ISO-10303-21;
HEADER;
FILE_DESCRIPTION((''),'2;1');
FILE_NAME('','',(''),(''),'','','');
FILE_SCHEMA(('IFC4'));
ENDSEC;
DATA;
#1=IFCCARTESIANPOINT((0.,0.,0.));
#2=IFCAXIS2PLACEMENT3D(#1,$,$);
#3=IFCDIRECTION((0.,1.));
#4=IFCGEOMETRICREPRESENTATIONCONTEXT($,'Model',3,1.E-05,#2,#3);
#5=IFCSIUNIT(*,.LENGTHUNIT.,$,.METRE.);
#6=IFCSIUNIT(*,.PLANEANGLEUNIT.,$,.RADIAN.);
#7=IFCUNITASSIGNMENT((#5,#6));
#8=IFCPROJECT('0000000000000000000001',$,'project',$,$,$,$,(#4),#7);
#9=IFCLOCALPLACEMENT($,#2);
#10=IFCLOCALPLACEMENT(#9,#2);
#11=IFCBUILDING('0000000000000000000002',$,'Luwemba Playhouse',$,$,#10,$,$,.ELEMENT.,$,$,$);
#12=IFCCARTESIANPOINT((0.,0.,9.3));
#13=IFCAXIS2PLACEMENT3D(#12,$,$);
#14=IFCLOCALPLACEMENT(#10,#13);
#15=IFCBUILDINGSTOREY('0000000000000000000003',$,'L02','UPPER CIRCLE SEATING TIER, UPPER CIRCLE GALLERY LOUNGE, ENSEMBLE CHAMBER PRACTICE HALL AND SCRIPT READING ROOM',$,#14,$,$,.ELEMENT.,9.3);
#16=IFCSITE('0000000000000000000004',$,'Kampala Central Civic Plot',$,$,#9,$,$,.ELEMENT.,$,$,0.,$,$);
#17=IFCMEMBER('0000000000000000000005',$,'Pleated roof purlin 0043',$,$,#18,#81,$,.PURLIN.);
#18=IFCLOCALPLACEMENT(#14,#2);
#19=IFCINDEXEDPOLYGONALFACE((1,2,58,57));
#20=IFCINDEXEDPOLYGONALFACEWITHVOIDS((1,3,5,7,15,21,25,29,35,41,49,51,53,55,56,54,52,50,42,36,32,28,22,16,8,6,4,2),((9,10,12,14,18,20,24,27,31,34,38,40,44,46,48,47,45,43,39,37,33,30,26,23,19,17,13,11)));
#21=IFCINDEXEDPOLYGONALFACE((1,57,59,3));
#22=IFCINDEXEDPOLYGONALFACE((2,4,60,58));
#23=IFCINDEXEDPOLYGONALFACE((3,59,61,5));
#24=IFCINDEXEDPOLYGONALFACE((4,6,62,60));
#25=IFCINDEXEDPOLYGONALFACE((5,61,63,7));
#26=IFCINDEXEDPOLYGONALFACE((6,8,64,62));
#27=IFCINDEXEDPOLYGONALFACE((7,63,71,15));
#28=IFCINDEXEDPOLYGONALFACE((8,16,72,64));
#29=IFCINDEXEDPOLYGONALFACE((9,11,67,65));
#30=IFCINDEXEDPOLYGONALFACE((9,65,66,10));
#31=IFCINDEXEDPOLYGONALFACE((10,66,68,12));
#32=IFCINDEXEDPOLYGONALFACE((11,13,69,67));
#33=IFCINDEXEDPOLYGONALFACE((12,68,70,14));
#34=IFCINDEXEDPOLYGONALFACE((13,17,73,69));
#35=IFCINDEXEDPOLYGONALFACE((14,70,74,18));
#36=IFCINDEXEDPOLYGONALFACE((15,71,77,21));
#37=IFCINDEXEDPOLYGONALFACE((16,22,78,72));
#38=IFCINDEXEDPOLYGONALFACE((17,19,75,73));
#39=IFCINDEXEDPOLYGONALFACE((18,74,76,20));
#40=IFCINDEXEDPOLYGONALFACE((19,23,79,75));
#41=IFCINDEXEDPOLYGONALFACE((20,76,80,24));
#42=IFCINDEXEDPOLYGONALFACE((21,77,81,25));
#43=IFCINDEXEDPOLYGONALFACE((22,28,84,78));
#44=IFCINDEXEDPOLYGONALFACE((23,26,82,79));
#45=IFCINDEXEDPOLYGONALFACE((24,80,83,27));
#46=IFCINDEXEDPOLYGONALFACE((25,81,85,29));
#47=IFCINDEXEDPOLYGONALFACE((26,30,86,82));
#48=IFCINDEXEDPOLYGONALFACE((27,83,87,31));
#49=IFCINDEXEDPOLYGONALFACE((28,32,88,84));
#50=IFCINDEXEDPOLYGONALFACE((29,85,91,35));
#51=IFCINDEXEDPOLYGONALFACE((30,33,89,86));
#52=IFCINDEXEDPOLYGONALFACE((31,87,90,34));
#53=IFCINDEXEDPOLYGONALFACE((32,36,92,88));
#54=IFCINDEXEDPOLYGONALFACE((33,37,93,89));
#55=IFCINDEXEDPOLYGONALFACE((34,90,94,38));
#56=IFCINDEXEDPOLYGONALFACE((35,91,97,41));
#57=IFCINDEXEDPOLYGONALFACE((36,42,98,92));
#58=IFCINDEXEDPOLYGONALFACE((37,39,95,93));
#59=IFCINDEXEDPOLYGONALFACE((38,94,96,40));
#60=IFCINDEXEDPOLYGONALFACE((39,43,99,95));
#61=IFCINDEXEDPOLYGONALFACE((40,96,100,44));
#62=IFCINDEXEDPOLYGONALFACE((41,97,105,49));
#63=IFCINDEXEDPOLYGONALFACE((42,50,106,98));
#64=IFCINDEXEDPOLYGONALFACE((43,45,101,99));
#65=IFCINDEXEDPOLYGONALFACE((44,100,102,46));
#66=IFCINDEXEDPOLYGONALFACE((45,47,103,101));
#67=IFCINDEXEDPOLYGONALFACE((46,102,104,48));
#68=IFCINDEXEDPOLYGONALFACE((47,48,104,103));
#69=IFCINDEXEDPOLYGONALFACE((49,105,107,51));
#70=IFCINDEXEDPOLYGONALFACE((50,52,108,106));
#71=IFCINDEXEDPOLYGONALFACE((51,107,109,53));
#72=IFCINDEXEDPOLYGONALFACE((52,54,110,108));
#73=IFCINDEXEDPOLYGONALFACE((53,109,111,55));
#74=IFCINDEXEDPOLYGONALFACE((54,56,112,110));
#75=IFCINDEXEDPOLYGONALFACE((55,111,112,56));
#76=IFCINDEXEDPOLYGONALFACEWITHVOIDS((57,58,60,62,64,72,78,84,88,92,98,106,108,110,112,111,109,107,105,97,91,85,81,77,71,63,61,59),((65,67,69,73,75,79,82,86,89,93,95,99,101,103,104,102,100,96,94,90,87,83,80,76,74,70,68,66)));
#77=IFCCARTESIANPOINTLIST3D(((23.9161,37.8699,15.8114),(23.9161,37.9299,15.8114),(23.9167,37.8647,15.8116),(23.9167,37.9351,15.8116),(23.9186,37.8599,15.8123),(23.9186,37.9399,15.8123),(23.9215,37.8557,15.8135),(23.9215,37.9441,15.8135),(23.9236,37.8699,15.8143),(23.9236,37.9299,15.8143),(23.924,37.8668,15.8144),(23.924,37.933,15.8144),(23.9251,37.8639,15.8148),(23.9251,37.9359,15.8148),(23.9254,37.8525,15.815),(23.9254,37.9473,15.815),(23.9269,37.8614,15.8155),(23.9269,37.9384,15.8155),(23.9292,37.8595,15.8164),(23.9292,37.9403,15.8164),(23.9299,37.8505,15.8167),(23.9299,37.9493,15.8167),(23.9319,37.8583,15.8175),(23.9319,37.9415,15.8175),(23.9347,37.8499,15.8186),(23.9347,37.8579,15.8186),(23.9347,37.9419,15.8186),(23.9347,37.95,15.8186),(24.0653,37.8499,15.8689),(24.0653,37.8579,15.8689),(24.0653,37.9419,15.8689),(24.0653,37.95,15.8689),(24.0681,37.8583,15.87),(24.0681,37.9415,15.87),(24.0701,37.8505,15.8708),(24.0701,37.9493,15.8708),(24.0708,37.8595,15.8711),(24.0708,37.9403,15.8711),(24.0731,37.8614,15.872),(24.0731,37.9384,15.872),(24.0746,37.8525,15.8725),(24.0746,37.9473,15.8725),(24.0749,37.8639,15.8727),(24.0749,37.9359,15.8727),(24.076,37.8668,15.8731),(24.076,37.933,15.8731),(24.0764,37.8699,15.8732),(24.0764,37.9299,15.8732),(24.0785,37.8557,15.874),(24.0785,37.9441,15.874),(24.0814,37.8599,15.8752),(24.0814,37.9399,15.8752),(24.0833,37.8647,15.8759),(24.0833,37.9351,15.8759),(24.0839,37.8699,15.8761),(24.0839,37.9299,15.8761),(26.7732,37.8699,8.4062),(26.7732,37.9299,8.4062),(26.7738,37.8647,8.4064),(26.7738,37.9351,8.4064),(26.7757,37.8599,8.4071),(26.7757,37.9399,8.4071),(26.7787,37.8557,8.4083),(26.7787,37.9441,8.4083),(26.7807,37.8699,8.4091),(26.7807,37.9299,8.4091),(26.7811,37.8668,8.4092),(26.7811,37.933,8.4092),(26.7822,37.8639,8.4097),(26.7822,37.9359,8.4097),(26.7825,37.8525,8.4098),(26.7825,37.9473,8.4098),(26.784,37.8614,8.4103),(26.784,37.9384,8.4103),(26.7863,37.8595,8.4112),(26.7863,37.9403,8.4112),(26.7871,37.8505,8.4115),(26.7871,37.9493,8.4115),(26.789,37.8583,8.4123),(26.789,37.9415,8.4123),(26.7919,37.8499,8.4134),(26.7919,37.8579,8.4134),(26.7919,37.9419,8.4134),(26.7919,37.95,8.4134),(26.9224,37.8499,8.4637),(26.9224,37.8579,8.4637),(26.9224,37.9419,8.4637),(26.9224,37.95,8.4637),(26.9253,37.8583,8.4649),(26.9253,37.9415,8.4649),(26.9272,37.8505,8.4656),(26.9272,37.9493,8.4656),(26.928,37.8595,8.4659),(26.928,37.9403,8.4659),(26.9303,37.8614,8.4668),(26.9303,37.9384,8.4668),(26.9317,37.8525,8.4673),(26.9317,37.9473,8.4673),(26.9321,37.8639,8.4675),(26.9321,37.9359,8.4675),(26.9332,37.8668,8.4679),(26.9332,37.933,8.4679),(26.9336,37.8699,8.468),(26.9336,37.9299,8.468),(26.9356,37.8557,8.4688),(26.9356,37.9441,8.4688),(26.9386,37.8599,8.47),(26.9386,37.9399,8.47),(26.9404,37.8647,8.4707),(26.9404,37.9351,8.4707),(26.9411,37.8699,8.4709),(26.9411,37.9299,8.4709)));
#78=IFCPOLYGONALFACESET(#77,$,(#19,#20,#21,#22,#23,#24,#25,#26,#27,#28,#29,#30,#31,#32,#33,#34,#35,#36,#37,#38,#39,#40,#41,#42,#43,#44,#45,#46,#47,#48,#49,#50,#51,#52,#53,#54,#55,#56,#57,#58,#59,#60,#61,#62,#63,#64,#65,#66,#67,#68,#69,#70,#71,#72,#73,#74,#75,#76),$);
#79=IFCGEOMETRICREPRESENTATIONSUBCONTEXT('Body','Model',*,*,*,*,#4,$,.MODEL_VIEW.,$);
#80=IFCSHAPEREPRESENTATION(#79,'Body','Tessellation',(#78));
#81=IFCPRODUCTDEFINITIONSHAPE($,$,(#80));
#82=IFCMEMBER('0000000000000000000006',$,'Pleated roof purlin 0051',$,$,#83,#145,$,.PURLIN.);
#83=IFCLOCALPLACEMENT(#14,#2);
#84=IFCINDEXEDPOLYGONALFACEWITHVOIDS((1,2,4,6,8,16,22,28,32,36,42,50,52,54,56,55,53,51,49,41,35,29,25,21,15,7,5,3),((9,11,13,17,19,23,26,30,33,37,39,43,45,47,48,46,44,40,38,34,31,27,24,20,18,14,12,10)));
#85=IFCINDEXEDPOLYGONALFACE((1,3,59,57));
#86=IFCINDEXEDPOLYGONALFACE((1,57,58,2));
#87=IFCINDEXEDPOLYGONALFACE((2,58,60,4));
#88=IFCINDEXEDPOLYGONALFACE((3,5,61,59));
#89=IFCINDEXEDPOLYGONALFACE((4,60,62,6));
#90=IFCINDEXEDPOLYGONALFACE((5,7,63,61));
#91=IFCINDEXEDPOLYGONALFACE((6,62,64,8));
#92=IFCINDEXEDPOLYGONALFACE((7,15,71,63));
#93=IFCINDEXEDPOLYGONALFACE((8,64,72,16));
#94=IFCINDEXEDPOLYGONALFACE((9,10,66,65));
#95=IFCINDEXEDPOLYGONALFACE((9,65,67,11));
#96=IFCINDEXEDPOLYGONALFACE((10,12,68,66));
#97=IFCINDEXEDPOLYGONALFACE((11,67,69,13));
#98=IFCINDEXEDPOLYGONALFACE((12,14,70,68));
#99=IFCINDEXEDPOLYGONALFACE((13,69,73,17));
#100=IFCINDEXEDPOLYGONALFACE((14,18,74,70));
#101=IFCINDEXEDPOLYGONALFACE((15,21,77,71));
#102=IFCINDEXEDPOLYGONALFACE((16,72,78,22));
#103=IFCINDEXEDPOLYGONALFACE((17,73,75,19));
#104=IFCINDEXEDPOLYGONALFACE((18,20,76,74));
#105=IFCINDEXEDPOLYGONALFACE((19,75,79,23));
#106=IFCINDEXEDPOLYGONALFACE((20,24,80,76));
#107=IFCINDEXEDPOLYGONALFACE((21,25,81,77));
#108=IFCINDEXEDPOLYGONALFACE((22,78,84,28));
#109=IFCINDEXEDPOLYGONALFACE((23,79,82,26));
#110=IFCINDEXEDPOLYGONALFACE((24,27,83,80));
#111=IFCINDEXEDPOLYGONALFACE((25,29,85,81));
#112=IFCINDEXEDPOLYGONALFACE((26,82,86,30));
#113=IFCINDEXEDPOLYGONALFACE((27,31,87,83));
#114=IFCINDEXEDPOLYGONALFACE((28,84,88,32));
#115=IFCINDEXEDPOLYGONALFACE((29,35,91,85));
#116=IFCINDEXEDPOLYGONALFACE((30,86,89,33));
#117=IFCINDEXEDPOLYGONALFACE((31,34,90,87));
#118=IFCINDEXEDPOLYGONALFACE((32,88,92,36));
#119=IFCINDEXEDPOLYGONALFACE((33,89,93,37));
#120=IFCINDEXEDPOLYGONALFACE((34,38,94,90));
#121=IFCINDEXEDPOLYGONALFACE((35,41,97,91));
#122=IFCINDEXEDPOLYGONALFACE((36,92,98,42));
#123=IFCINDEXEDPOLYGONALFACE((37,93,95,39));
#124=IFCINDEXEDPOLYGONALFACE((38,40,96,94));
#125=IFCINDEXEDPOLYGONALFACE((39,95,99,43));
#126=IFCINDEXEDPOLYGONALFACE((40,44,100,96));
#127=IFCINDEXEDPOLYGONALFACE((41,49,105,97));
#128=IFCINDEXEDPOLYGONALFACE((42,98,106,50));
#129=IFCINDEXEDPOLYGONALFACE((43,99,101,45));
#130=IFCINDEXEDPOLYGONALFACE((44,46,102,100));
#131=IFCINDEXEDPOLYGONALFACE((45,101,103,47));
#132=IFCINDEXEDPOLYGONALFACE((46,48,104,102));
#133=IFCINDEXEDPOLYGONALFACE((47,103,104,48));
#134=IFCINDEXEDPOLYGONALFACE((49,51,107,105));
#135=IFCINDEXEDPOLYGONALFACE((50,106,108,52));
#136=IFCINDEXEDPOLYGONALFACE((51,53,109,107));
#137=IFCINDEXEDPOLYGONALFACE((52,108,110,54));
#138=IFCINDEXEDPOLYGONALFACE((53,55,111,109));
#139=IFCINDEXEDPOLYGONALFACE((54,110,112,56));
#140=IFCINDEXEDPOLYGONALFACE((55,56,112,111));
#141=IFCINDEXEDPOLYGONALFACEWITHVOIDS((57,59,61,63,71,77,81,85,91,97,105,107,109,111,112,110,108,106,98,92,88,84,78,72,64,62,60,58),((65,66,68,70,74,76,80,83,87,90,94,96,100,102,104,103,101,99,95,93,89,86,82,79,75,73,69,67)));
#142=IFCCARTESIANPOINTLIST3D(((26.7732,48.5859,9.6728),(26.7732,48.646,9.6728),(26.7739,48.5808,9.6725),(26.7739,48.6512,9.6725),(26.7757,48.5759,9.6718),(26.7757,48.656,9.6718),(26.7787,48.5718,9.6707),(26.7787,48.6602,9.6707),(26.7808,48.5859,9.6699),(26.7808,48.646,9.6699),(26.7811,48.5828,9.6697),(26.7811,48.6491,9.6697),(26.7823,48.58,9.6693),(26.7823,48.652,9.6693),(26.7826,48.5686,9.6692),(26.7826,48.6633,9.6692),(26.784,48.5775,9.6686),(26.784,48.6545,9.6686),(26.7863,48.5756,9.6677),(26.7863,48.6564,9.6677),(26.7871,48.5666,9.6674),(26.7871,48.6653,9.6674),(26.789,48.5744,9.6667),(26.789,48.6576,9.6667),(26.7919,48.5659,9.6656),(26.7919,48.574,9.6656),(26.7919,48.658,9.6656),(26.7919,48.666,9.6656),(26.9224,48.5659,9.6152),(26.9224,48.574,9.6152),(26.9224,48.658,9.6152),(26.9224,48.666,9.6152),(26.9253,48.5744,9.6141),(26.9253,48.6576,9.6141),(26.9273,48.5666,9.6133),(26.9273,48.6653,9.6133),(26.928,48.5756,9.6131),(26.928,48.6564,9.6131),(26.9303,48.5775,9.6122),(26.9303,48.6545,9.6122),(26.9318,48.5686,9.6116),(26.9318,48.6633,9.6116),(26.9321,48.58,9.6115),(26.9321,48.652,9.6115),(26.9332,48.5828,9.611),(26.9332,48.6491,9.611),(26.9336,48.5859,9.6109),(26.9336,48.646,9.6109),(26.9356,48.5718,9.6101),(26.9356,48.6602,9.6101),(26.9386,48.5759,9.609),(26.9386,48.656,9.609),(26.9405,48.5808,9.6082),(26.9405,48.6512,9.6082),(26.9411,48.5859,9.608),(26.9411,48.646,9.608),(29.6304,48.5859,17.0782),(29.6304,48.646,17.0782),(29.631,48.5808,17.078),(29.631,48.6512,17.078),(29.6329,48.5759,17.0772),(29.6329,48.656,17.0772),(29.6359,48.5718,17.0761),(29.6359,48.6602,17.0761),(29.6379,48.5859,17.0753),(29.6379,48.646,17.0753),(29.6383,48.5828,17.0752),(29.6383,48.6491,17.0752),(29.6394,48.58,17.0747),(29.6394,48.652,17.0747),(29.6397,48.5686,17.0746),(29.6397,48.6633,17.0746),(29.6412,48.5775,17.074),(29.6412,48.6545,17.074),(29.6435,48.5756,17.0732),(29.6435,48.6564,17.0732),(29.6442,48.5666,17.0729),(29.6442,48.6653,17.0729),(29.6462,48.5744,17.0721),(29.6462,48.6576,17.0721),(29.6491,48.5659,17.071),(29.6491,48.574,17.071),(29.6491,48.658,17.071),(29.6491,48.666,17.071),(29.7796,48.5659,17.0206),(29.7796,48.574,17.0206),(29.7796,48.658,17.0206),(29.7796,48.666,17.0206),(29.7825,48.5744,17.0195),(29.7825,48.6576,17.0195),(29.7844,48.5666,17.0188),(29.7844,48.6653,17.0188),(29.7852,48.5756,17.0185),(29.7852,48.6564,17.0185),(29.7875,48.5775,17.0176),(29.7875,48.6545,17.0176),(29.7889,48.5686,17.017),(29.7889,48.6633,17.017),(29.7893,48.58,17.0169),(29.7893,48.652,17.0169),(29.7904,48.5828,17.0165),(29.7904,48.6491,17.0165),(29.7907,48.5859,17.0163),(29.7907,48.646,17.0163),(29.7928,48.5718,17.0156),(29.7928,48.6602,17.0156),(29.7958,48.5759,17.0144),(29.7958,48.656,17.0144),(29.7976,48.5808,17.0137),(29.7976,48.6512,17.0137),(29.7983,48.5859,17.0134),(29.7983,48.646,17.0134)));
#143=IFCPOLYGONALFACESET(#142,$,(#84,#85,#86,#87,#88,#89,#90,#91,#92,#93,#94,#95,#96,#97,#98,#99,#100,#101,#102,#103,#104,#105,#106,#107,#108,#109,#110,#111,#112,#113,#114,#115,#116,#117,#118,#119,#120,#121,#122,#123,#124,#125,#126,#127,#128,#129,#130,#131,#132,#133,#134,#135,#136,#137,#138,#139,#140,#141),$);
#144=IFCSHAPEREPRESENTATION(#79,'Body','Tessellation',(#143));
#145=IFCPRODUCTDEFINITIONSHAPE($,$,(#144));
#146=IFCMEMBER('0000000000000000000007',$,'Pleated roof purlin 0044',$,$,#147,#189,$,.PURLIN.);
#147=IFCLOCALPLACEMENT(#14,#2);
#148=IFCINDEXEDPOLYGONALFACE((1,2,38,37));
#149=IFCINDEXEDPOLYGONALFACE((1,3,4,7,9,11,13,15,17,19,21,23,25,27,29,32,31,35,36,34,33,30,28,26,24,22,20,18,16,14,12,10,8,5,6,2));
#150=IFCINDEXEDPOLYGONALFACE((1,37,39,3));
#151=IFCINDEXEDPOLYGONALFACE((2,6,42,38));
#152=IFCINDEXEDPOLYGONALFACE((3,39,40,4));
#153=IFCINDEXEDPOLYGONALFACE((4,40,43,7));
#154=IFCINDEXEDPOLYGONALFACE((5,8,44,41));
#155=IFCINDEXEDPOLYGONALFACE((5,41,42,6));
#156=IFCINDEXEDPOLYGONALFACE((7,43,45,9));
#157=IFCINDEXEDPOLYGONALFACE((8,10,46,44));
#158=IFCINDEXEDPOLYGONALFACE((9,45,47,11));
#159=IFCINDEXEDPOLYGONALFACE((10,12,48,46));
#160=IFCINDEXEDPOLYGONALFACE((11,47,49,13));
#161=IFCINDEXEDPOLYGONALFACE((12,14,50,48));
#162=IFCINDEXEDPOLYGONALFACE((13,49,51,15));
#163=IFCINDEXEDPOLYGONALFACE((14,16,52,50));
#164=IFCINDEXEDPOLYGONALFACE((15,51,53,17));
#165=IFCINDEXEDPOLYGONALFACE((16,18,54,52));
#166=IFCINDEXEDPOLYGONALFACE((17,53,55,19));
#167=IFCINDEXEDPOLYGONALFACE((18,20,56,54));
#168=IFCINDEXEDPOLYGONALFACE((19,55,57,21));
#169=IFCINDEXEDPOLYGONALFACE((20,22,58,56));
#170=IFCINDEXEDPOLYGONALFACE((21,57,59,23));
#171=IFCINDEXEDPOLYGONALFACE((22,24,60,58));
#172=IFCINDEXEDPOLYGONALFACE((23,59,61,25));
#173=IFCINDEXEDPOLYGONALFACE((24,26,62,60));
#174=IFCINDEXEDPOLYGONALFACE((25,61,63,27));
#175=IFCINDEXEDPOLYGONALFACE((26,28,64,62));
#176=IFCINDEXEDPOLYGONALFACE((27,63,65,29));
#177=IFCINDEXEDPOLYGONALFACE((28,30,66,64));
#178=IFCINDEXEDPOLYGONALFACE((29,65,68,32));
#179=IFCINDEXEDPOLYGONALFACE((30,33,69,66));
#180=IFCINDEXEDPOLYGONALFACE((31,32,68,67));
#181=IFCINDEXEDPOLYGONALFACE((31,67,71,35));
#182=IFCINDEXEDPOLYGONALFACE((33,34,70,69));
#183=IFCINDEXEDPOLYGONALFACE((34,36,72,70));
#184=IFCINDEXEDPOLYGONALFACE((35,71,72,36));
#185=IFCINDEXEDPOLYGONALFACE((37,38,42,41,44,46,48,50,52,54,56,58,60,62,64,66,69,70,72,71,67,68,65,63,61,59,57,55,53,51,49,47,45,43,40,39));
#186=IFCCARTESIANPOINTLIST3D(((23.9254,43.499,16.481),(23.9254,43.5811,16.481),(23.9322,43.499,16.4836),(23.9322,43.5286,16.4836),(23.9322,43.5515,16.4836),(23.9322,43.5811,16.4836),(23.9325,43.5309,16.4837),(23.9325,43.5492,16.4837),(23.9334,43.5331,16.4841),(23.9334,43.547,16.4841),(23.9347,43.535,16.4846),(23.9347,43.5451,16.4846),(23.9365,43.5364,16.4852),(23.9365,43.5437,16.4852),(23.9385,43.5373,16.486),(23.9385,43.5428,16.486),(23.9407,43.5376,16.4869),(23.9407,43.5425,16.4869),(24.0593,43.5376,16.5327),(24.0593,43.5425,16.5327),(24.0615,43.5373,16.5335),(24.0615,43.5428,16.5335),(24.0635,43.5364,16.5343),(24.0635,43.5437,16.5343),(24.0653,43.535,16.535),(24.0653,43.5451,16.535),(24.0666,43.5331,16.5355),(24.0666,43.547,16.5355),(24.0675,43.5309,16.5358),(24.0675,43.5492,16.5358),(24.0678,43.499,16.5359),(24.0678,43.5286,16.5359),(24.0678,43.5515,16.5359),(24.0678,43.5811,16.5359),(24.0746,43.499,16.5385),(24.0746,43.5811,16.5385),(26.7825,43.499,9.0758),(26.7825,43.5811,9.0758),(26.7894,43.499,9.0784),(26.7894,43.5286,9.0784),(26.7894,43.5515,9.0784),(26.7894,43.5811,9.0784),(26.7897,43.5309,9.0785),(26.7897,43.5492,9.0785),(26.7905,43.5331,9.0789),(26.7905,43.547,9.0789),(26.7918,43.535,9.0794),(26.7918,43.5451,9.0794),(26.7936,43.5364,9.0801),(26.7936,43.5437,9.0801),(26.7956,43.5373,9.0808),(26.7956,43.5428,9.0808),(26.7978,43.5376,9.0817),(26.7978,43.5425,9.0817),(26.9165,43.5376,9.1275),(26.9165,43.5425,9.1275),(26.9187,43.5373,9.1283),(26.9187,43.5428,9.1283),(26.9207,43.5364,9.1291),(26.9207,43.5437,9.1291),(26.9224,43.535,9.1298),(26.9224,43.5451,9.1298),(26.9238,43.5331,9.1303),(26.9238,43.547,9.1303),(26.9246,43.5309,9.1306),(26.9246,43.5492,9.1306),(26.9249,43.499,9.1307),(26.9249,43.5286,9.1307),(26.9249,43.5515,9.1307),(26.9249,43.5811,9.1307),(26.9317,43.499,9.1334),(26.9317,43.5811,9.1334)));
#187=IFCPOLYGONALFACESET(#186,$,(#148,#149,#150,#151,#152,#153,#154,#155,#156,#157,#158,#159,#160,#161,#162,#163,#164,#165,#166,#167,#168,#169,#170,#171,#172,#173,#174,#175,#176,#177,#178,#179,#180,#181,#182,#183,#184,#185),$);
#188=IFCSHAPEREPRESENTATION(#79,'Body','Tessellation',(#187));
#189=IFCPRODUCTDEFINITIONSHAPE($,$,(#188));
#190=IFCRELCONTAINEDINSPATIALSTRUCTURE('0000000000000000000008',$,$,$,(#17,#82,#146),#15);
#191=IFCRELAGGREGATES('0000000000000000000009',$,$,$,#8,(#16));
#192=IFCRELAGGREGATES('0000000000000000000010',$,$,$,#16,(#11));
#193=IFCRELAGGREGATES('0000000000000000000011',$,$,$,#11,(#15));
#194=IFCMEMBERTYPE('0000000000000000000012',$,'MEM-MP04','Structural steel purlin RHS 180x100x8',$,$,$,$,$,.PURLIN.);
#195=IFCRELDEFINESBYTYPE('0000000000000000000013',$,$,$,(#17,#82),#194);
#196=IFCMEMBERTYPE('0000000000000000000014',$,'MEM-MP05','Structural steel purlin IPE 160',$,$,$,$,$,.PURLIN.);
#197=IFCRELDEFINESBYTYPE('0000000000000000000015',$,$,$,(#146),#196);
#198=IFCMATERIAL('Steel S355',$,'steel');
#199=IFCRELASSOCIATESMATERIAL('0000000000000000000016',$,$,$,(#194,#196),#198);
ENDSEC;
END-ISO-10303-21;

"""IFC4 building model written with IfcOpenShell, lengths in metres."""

from ifc_helpers import new_model, si_unit, direction, frame, origin, origin_2d, place, context, subcontext, project, spatial, hollow_rectangle, i_section, extrude, material, material_profile, profile_set, type_object, element, save


model = new_model("IFC4")

# Units and contexts
model_context = context("Model", 3, precision=1e-05, world=origin(), true_north=direction((0.0, 1.0)))
body_context = subcontext(model_context, "Body", "Model", "MODEL_VIEW")
ifc_project = project(units=[si_unit("LENGTHUNIT", "METRE"), si_unit("PLANEANGLEUNIT", "RADIAN")], contexts=[model_context])

# Site, building, storey
site_placement = place(None, origin())
site = spatial("IfcSite", under=ifc_project, at=site_placement, Name="Kampala Central Civic Plot", CompositionType="ELEMENT", RefElevation=0.0)
building_placement = place(site_placement, origin())
building = spatial("IfcBuilding", under=site, at=building_placement, Name="Luwemba Playhouse", CompositionType="ELEMENT")
storey_placement = place(building_placement, frame((0.0, 0.0, 9.3)))
storey = spatial("IfcBuildingStorey", under=building, at=storey_placement, Name="L02", Description="UPPER CIRCLE SEATING TIER, UPPER CIRCLE GALLERY LOUNGE, ENSEMBLE CHAMBER PRACTICE HALL AND SCRIPT READING ROOM", CompositionType="ELEMENT", Elevation=9.3)

# Shared definitions
ifc_material_1 = material(Name="Steel S355", Category="steel")

# Members
ifc_material_profile_1 = material_profile(ifc_material_1, hollow_rectangle(XDim=0.1001, YDim=0.1799, WallThickness=0.0081, InnerFilletRadius=0.012, OuterFilletRadius=0.02, at=origin_2d()))
ifc_profile_set_1 = profile_set([ifc_material_profile_1], Name="Steel S355")
member_type_1 = type_object("IfcMemberType", Name="MEM-MP04", Description="Structural steel purlin RHS 180x100x8", PredefinedType="PURLIN", material=ifc_profile_set_1)
member_1_placement = place(storey_placement, frame((24.0, 37.8999, 15.8438), z_axis=(0.359966, 0.0, -0.932965), x_axis=(0.0, 1.0, 0.0)))
element("IfcMember", 1, at=member_1_placement, inside=storey, type_object=member_type_1, Name="Pleated roof purlin 0043", PredefinedType="PURLIN", context=body_context, shape_type="SweptSolid", body=[
    extrude(hollow_rectangle(XDim=0.1001, YDim=0.1799, WallThickness=0.0081, InnerFilletRadius=0.012, OuterFilletRadius=0.02, at=origin_2d()), origin(), (0.0, 0.0, 1.0), 7.9373),
])
member_2_placement = place(storey_placement, frame((26.8572, 48.616, 9.6404), z_axis=(0.359956, 0.0, 0.932969), x_axis=(0.0, 1.0, 0.0)))
element("IfcMember", 2, at=member_2_placement, inside=storey, type_object=member_type_1, Name="Pleated roof purlin 0051", PredefinedType="PURLIN", context=body_context, shape_type="SweptSolid", body=[
    extrude(hollow_rectangle(XDim=0.1001, YDim=0.1799, WallThickness=0.0081, InnerFilletRadius=0.012, OuterFilletRadius=0.02, at=origin_2d()), origin(), (0.0, 0.0, 1.0), 7.9375),
])
ifc_material_profile_2 = material_profile(ifc_material_1, i_section(OverallWidth=0.082, OverallDepth=0.1599, WebThickness=0.0049, FlangeThickness=0.0073, FilletRadius=0.009, at=origin_2d()))
ifc_profile_set_2 = profile_set([ifc_material_profile_2], Name="Steel S355")
member_type_2 = type_object("IfcMemberType", Name="MEM-MP05", Description="Structural steel purlin IPE 160", PredefinedType="PURLIN", material=ifc_profile_set_2)
member_3_placement = place(storey_placement, frame((24.0, 43.54, 16.5098), z_axis=(0.359966, 0.0, -0.932965), x_axis=(0.0, 1.0, 0.0)))
element("IfcMember", 3, at=member_3_placement, inside=storey, type_object=member_type_2, Name="Pleated roof purlin 0044", PredefinedType="PURLIN", context=body_context, shape_type="SweptSolid", body=[
    extrude(i_section(OverallWidth=0.082, OverallDepth=0.1599, WebThickness=0.0049, FlangeThickness=0.0073, FilletRadius=0.009, at=origin_2d()), origin(), (0.0, 0.0, 1.0), 7.9373),
])

save(model, "model.ifc")
